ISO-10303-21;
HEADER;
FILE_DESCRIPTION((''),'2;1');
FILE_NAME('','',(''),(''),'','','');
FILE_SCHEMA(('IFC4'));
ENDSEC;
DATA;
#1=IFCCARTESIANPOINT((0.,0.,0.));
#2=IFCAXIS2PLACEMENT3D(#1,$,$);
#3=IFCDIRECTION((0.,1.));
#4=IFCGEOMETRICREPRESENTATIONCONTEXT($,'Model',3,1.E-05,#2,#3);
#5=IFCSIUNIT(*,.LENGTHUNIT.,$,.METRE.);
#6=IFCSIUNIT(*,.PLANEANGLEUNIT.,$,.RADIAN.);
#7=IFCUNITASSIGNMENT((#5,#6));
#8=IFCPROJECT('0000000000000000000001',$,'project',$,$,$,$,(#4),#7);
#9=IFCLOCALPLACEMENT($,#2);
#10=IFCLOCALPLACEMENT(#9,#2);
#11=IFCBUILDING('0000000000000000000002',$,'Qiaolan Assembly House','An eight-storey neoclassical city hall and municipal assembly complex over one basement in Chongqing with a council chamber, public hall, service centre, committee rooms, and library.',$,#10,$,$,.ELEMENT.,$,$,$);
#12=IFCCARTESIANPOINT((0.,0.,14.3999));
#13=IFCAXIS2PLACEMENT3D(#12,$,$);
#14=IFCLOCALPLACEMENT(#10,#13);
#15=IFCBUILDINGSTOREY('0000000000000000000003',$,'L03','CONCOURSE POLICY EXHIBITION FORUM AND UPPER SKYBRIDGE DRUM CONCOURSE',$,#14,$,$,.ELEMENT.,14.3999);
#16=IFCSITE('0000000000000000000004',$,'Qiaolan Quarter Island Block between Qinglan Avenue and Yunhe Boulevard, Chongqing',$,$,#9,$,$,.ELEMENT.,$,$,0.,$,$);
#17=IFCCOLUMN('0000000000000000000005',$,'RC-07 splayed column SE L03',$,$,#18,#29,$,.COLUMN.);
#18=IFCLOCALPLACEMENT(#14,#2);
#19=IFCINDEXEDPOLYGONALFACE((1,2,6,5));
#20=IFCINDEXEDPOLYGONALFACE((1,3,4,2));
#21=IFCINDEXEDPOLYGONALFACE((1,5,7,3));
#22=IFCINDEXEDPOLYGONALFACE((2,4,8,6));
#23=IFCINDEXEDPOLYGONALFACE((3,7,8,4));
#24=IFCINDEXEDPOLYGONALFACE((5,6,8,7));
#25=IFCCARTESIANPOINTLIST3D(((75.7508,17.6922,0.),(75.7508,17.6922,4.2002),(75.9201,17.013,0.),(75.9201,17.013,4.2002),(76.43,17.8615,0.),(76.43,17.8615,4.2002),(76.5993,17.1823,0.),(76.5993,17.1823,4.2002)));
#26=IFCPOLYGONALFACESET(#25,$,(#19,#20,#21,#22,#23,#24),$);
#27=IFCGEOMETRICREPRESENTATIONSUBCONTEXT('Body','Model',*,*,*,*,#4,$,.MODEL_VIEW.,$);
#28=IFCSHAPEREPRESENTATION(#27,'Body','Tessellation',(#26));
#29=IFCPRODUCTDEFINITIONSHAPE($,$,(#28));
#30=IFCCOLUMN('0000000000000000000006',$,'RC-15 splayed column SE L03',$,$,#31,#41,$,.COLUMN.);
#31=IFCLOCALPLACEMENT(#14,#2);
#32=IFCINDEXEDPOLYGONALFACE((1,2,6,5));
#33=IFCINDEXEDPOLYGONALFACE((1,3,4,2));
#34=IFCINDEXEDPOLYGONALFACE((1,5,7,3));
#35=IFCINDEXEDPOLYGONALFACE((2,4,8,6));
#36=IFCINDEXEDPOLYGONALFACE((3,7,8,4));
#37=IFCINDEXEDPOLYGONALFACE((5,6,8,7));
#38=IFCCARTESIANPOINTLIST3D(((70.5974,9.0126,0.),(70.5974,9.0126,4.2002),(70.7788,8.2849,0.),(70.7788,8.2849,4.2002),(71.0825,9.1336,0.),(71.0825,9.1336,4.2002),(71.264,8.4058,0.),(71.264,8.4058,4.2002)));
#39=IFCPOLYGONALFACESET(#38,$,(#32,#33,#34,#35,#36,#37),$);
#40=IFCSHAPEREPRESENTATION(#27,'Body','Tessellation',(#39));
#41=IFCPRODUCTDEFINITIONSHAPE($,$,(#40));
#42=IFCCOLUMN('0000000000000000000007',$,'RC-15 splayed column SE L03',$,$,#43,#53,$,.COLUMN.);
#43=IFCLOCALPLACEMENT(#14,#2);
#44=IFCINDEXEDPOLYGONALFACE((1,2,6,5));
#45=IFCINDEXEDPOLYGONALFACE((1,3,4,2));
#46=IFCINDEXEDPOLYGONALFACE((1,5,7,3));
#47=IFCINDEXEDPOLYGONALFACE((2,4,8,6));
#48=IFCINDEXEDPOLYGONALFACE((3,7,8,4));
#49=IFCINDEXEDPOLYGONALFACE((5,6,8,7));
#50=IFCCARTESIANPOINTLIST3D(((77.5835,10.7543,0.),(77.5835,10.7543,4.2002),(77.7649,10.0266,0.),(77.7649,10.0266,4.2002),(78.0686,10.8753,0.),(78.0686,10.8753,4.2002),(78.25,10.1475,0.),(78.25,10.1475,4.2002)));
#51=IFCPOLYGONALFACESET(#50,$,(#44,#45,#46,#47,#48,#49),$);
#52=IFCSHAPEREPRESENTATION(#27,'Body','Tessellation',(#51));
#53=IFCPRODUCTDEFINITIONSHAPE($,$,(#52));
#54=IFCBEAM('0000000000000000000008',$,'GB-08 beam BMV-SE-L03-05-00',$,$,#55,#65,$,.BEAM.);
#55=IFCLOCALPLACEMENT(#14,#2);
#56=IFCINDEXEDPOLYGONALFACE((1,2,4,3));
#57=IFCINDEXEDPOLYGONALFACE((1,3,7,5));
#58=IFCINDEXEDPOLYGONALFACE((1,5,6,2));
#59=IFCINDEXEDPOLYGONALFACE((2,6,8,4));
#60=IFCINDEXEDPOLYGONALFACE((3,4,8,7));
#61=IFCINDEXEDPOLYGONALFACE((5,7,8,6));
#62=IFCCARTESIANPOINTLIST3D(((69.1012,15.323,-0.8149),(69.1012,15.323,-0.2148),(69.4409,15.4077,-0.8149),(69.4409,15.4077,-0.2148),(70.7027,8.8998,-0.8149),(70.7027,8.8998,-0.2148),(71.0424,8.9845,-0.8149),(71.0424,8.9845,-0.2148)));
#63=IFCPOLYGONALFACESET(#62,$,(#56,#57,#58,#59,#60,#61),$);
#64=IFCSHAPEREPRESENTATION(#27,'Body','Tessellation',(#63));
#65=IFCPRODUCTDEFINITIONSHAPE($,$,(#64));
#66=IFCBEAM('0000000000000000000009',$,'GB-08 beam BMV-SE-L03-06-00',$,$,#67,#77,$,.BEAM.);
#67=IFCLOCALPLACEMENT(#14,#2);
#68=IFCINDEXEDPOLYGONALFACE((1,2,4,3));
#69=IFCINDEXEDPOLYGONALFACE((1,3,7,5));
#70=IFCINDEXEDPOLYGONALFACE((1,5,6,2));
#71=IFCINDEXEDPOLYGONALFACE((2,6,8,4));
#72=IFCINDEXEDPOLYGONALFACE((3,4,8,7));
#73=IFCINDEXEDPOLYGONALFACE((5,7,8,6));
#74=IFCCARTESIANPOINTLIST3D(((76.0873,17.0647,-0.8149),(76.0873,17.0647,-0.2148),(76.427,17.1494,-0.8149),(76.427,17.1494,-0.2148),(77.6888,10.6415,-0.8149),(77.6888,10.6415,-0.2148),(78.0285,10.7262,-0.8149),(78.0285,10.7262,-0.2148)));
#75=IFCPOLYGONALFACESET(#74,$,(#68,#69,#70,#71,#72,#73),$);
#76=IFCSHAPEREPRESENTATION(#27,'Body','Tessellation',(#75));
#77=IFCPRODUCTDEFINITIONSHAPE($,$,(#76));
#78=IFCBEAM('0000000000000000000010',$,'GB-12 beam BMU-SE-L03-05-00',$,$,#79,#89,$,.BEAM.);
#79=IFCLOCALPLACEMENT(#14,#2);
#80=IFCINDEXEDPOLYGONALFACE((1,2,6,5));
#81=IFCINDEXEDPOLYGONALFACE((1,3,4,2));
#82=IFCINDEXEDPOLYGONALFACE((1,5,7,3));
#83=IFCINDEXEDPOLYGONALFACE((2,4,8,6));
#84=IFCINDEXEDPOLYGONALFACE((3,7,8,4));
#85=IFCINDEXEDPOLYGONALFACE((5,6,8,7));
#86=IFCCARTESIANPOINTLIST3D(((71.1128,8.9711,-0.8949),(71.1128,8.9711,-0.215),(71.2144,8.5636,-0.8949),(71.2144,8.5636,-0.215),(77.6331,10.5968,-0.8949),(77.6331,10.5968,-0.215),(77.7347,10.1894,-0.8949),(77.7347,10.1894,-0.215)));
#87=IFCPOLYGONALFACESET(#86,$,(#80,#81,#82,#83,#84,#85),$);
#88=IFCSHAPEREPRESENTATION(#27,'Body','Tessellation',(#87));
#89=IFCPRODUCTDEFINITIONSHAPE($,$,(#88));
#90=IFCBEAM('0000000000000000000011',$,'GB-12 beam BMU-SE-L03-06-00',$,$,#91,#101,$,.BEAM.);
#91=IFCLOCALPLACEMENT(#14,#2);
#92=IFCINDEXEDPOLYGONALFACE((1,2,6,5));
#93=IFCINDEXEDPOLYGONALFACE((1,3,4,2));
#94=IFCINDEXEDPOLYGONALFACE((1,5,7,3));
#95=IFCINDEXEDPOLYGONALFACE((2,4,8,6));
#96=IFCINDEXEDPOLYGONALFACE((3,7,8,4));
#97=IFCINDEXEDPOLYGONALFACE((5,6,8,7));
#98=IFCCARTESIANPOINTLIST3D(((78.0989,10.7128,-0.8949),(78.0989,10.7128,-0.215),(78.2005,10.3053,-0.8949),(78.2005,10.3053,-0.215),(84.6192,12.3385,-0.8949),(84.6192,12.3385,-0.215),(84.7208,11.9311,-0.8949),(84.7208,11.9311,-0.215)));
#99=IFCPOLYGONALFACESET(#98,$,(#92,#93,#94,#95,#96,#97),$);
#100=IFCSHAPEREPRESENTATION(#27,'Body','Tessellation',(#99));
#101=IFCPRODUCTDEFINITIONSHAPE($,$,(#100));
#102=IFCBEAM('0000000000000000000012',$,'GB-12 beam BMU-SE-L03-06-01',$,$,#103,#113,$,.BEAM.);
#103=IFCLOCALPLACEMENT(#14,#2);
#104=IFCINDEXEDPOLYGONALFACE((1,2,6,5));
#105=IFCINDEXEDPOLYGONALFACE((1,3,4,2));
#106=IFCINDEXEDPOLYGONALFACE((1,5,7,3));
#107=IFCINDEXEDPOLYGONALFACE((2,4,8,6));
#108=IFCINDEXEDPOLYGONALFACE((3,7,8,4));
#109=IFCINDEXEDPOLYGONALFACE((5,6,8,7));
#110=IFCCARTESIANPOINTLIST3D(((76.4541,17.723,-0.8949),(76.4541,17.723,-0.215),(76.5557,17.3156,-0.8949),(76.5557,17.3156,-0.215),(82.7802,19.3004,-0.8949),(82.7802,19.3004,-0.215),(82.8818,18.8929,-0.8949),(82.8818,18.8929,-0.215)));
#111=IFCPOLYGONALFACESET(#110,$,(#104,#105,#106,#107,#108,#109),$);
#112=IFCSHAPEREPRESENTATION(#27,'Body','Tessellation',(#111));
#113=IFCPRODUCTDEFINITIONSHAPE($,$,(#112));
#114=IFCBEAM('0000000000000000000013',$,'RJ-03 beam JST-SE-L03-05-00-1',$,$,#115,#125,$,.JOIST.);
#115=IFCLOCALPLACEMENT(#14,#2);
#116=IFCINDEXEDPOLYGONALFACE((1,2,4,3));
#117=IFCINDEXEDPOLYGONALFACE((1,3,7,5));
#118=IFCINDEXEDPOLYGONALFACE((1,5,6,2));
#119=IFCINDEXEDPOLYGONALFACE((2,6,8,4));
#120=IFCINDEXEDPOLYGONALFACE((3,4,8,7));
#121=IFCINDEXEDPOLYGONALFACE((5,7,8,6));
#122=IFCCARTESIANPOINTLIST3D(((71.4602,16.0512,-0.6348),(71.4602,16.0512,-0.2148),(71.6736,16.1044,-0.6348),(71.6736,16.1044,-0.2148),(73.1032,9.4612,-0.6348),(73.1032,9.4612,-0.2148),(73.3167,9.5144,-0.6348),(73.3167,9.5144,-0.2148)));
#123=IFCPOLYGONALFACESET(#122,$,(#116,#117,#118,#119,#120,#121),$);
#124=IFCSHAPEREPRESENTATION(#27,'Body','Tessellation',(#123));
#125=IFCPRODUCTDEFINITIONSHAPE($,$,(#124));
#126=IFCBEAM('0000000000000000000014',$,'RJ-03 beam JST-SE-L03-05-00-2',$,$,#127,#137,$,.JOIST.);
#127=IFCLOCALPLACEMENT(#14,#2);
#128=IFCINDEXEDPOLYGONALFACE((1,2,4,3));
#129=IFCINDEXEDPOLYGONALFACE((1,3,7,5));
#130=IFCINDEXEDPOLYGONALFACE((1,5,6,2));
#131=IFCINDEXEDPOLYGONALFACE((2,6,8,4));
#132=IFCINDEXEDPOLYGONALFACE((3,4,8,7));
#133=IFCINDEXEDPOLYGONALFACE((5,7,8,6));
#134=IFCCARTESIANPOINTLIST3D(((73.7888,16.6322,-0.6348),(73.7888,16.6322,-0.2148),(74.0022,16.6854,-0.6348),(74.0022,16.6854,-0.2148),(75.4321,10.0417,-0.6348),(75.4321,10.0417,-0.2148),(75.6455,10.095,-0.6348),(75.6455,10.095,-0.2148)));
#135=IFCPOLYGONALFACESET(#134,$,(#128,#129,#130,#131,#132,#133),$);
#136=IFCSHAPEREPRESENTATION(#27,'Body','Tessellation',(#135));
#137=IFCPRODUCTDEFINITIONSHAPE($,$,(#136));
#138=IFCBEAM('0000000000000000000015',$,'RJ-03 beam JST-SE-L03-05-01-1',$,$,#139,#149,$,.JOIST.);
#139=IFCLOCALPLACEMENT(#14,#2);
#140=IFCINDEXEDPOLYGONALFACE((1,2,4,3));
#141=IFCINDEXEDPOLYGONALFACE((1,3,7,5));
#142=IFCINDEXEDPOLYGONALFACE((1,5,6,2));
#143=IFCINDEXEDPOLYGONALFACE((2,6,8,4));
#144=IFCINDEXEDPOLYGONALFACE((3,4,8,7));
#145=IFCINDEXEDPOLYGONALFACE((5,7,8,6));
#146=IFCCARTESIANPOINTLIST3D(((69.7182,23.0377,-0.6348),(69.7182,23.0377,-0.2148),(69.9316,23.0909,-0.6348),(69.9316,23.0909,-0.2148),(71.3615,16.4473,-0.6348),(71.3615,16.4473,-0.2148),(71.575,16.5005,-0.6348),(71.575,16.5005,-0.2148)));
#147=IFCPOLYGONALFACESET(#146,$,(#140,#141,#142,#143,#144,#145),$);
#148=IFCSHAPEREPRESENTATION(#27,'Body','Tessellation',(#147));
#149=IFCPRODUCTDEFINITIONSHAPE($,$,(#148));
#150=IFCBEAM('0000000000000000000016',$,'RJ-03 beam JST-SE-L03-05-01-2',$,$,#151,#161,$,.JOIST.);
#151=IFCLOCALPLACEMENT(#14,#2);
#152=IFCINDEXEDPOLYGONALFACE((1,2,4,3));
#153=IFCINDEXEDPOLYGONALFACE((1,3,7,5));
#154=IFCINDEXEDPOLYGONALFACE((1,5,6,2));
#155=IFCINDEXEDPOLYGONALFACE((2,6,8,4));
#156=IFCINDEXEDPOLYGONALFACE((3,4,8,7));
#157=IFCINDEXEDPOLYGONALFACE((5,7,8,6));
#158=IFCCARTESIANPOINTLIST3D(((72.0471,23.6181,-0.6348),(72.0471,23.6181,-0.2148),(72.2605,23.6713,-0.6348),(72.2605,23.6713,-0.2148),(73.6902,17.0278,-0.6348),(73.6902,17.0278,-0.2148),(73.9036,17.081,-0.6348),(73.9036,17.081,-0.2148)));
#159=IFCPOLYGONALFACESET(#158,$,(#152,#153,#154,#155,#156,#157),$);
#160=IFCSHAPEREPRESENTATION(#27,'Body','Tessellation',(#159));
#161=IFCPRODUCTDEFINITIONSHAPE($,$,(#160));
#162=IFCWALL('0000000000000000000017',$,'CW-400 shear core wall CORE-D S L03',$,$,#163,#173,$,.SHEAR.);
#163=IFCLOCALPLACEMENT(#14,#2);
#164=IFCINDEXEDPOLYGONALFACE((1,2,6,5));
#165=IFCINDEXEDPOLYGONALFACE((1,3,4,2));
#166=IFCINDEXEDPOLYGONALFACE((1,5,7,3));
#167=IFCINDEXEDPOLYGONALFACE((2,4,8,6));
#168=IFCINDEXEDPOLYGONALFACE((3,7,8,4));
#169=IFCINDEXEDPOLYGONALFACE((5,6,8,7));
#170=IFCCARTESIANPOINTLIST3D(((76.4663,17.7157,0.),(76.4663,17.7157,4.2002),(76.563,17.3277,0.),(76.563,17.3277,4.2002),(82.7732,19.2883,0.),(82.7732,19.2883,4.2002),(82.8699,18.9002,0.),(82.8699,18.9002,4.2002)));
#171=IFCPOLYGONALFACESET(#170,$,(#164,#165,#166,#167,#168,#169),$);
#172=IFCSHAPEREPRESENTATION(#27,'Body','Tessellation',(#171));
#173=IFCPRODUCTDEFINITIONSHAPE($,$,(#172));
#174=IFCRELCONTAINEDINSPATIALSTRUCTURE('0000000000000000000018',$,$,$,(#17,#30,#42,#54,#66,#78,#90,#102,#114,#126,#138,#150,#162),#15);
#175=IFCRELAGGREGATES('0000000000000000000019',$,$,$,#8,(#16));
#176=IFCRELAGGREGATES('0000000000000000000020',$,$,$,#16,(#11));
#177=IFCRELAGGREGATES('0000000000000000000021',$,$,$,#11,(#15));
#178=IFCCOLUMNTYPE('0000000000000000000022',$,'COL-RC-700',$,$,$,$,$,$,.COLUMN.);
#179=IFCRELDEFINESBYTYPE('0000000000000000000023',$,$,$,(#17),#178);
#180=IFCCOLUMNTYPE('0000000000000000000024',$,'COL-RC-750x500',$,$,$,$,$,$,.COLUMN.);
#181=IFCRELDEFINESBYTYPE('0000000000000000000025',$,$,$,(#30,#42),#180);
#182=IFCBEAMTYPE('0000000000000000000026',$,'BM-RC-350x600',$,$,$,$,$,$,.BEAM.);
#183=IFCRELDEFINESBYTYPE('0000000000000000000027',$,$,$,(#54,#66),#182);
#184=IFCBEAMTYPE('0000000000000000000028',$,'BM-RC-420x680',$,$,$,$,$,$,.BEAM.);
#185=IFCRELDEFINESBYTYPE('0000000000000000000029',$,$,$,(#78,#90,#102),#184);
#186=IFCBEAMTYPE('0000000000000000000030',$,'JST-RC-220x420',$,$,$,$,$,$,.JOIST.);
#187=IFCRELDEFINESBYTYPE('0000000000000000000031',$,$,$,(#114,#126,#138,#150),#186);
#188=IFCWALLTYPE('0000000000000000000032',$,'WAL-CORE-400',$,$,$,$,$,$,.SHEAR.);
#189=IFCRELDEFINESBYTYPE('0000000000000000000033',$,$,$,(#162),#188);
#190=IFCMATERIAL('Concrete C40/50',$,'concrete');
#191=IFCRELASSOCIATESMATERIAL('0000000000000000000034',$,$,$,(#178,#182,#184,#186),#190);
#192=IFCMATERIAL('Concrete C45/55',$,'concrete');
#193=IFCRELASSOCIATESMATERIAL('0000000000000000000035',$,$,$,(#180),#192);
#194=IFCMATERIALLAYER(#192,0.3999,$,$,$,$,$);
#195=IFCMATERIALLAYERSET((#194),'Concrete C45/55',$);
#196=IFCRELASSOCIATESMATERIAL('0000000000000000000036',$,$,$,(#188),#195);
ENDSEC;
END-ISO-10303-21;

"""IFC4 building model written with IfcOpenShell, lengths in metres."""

from ifc_helpers import new_model, si_unit, direction, frame, frame_2d, origin, origin_2d, place, context, subcontext, project, spatial, rectangle, extrude, material, layer, layer_set, material_profile, profile_set, type_object, element, save


model = new_model("IFC4")

# Units and contexts
model_context = context("Model", 3, precision=1e-05, world=origin(), true_north=direction((0.0, 1.0)))
body_context = subcontext(model_context, "Body", "Model", "MODEL_VIEW")
ifc_project = project(units=[si_unit("LENGTHUNIT", "METRE"), si_unit("PLANEANGLEUNIT", "RADIAN")], contexts=[model_context])

# Site, building, storey
site_placement = place(None, origin())
site = spatial("IfcSite", under=ifc_project, at=site_placement, Name="Qiaolan Quarter Island Block between Qinglan Avenue and Yunhe Boulevard, Chongqing", CompositionType="ELEMENT", RefElevation=0.0)
building_placement = place(site_placement, origin())
building = spatial("IfcBuilding", under=site, at=building_placement, Name="Qiaolan Assembly House", Description="An eight-storey neoclassical city hall and municipal assembly complex over one basement in Chongqing with a council chamber, public hall, service centre, committee rooms, and library.", CompositionType="ELEMENT")
storey_placement = place(building_placement, frame((0.0, 0.0, 14.3999)))
storey = spatial("IfcBuildingStorey", under=building, at=storey_placement, Name="L03", Description="CONCOURSE POLICY EXHIBITION FORUM AND UPPER SKYBRIDGE DRUM CONCOURSE", CompositionType="ELEMENT", Elevation=14.3999)

# Columns
ifc_material_1 = material(Name="Concrete C40/50", Category="concrete")
ifc_material_profile_1 = material_profile(ifc_material_1, rectangle(XDim=0.7, YDim=0.7, at=origin_2d()), Name="RC 700x700")
ifc_profile_set_1 = profile_set([ifc_material_profile_1], Name="Concrete C40/50")
column_type_1 = type_object("IfcColumnType", Name="COL-RC-700", PredefinedType="COLUMN", material=ifc_profile_set_1)
column_placement = place(storey_placement, frame((76.175, 17.4373, 0.0), z_axis=(0.0, 0.0, 1.0), x_axis=(0.970296, 0.241922, 0.0)))
element("IfcColumn", 1, at=column_placement, inside=storey, type_object=column_type_1, Name="RC-07 splayed column SE L03", PredefinedType="COLUMN", context=body_context, shape_type="SweptSolid", body=[
    extrude(rectangle(XDim=0.7, YDim=0.7, at=origin_2d()), origin(), (0.0, 0.0, 1.0), 4.2002),
])
ifc_material_2 = material(Name="Concrete C45/55", Category="concrete")
ifc_material_profile_2 = material_profile(ifc_material_2, rectangle(XDim=0.5, YDim=0.75, at=origin_2d()), Name="RC 750x500")
ifc_profile_set_2 = profile_set([ifc_material_profile_2], Name="Concrete C45/55")
column_type_2 = type_object("IfcColumnType", Name="COL-RC-750x500", PredefinedType="COLUMN", material=ifc_profile_set_2)
for number, where, z_axis, x_axis, name in (
    (2, (70.9307, 8.7092, 0.0), (0.0, 0.0, 1.0), (0.970296, 0.241922, 0.0), "RC-15 splayed column SE L03"),
    (3, (77.9167, 10.4509, 0.0), (0.0, 0.0, 1.0), (0.970296, 0.241922, 0.0), "RC-15 splayed column SE L03"),
):
    element("IfcColumn", number, at=place(storey_placement, frame(where, z_axis=z_axis, x_axis=x_axis)), inside=storey, type_object=column_type_2, Name=name, PredefinedType="COLUMN", context=body_context, shape_type="SweptSolid", body=[
        extrude(rectangle(XDim=0.5, YDim=0.75, at=origin_2d()), origin(), (0.0, 0.0, 1.0), 4.2002),
    ])

# Beams
ifc_material_profile_3 = material_profile(ifc_material_1, rectangle(XDim=0.3501, YDim=0.6001, at=origin_2d()), Name="RCB 350x600")
ifc_profile_set_3 = profile_set([ifc_material_profile_3], Name="Concrete C40/50")
beam_type_1 = type_object("IfcBeamType", Name="BM-RC-350x600", PredefinedType="BEAM", material=ifc_profile_set_3)
for number, where, z_axis, x_axis, name in (
    (4, (70.8726, 8.9421, -0.5149), (-0.241928, 0.970294, 0.0), (-0.970294, -0.241928, 0.0), "GB-08 beam BMV-SE-L03-05-00"),
    (5, (77.8586, 10.6838, -0.5149), (-0.241928, 0.970294, 0.0), (-0.970294, -0.241928, 0.0), "GB-08 beam BMV-SE-L03-06-00"),
):
    element("IfcBeam", number, at=place(storey_placement, frame(where, z_axis=z_axis, x_axis=x_axis)), inside=storey, type_object=beam_type_1, Name=name, PredefinedType="BEAM", context=body_context, shape_type="SweptSolid", body=[
        extrude(rectangle(XDim=0.3501, YDim=0.6001, at=origin_2d()), origin(), (0.0, 0.0, 1.0), 6.6199),
    ])
ifc_material_profile_4 = material_profile(ifc_material_1, rectangle(XDim=0.4199, YDim=0.6799, at=origin_2d()), Name="RCB 420x680")
ifc_profile_set_4 = profile_set([ifc_material_profile_4], Name="Concrete C40/50")
beam_type_2 = type_object("IfcBeamType", Name="BM-RC-420x680", PredefinedType="BEAM", material=ifc_profile_set_4)
for number, where, z_axis, x_axis, name in (
    (6, (71.1636, 8.7673, -0.5549), (0.970294, 0.241929, 0.0), (-0.241929, 0.970294, 0.0), "GB-12 beam BMU-SE-L03-05-00"),
    (7, (78.1497, 10.509, -0.5549), (0.970294, 0.241929, 0.0), (-0.241929, 0.970294, 0.0), "GB-12 beam BMU-SE-L03-06-00"),
):
    element("IfcBeam", number, at=place(storey_placement, frame(where, z_axis=z_axis, x_axis=x_axis)), inside=storey, type_object=beam_type_2, Name=name, PredefinedType="BEAM", context=body_context, shape_type="SweptSolid", body=[
        extrude(rectangle(XDim=0.4199, YDim=0.6799, at=origin_2d()), origin(), (0.0, 0.0, 1.0), 6.72),
    ])
beam_1_placement = place(storey_placement, frame((76.5049, 17.5193, -0.5549), z_axis=(0.970292, 0.241936, 0.0), x_axis=(-0.241936, 0.970292, 0.0)))
element("IfcBeam", 8, at=beam_1_placement, inside=storey, type_object=beam_type_2, Name="GB-12 beam BMU-SE-L03-06-01", PredefinedType="BEAM", context=body_context, shape_type="SweptSolid", body=[
    extrude(rectangle(XDim=0.4199, YDim=0.6799, at=origin_2d()), origin(), (0.0, 0.0, 1.0), 6.5198),
])
ifc_material_profile_5 = material_profile(ifc_material_1, rectangle(XDim=0.22, YDim=0.4199, at=origin_2d()), Name="RCB 220x420")
ifc_profile_set_5 = profile_set([ifc_material_profile_5], Name="Concrete C40/50")
beam_type_3 = type_object("IfcBeamType", Name="JST-RC-220x420", PredefinedType="JOIST", material=ifc_profile_set_5)
beam_2_placement = place(storey_placement, frame((73.21, 9.4878, -0.4248), z_axis=(-0.241918, 0.970297, 0.0), x_axis=(-0.970297, -0.241918, 0.0)))
element("IfcBeam", 9, at=beam_2_placement, inside=storey, type_object=beam_type_3, Name="RJ-03 beam JST-SE-L03-05-00-1", PredefinedType="JOIST", context=body_context, shape_type="SweptSolid", body=[
    extrude(rectangle(XDim=0.22, YDim=0.4199, at=origin_2d()), origin(), (0.0, 0.0, 1.0), 6.7917),
])
for number, where, z_axis, x_axis, name in (
    (10, (75.5388, 10.0684, -0.4248), (-0.241944, 0.97029, 0.0), (-0.97029, -0.241944, 0.0), "RJ-03 beam JST-SE-L03-05-00-2"),
    (11, (71.4683, 16.4739, -0.4248), (-0.241944, 0.97029, 0.0), (-0.97029, -0.241944, 0.0), "RJ-03 beam JST-SE-L03-05-01-1"),
):
    element("IfcBeam", number, at=place(storey_placement, frame(where, z_axis=z_axis, x_axis=x_axis)), inside=storey, type_object=beam_type_3, Name=name, PredefinedType="JOIST", context=body_context, shape_type="SweptSolid", body=[
        extrude(rectangle(XDim=0.22, YDim=0.4199, at=origin_2d()), origin(), (0.0, 0.0, 1.0), 6.7922),
    ])
beam_3_placement = place(storey_placement, frame((73.7969, 17.0544, -0.4248), z_axis=(-0.24191, 0.970299, 0.0), x_axis=(-0.970299, -0.24191, 0.0)))
element("IfcBeam", 12, at=beam_3_placement, inside=storey, type_object=beam_type_3, Name="RJ-03 beam JST-SE-L03-05-01-2", PredefinedType="JOIST", context=body_context, shape_type="SweptSolid", body=[
    extrude(rectangle(XDim=0.22, YDim=0.4199, at=origin_2d()), origin(), (0.0, 0.0, 1.0), 6.792),
])

# Wall
ifc_layer_1 = layer(ifc_material_2, 0.3999)
ifc_layer_set_1 = layer_set([ifc_layer_1], Name="Concrete C45/55")
wall_type_1 = type_object("IfcWallType", Name="WAL-CORE-400", PredefinedType="SHEAR", material=ifc_layer_set_1)
wall_1_placement = place(storey_placement, frame((76.5146, 17.5217, 0.0), z_axis=(0.0, 0.0, 1.0), x_axis=(0.970295, 0.241926, 0.0)))
element("IfcWall", 13, at=wall_1_placement, inside=storey, type_object=wall_type_1, Name="CW-400 shear core wall CORE-D S L03", PredefinedType="SHEAR", context=body_context, shape_type="SweptSolid", body=[
    extrude(rectangle(XDim=6.5, YDim=0.3999, at=frame_2d((3.25, 0.0))), origin(), (0.0, 0.0, 1.0), 4.2002),
])

save(model, "model.ifc")
